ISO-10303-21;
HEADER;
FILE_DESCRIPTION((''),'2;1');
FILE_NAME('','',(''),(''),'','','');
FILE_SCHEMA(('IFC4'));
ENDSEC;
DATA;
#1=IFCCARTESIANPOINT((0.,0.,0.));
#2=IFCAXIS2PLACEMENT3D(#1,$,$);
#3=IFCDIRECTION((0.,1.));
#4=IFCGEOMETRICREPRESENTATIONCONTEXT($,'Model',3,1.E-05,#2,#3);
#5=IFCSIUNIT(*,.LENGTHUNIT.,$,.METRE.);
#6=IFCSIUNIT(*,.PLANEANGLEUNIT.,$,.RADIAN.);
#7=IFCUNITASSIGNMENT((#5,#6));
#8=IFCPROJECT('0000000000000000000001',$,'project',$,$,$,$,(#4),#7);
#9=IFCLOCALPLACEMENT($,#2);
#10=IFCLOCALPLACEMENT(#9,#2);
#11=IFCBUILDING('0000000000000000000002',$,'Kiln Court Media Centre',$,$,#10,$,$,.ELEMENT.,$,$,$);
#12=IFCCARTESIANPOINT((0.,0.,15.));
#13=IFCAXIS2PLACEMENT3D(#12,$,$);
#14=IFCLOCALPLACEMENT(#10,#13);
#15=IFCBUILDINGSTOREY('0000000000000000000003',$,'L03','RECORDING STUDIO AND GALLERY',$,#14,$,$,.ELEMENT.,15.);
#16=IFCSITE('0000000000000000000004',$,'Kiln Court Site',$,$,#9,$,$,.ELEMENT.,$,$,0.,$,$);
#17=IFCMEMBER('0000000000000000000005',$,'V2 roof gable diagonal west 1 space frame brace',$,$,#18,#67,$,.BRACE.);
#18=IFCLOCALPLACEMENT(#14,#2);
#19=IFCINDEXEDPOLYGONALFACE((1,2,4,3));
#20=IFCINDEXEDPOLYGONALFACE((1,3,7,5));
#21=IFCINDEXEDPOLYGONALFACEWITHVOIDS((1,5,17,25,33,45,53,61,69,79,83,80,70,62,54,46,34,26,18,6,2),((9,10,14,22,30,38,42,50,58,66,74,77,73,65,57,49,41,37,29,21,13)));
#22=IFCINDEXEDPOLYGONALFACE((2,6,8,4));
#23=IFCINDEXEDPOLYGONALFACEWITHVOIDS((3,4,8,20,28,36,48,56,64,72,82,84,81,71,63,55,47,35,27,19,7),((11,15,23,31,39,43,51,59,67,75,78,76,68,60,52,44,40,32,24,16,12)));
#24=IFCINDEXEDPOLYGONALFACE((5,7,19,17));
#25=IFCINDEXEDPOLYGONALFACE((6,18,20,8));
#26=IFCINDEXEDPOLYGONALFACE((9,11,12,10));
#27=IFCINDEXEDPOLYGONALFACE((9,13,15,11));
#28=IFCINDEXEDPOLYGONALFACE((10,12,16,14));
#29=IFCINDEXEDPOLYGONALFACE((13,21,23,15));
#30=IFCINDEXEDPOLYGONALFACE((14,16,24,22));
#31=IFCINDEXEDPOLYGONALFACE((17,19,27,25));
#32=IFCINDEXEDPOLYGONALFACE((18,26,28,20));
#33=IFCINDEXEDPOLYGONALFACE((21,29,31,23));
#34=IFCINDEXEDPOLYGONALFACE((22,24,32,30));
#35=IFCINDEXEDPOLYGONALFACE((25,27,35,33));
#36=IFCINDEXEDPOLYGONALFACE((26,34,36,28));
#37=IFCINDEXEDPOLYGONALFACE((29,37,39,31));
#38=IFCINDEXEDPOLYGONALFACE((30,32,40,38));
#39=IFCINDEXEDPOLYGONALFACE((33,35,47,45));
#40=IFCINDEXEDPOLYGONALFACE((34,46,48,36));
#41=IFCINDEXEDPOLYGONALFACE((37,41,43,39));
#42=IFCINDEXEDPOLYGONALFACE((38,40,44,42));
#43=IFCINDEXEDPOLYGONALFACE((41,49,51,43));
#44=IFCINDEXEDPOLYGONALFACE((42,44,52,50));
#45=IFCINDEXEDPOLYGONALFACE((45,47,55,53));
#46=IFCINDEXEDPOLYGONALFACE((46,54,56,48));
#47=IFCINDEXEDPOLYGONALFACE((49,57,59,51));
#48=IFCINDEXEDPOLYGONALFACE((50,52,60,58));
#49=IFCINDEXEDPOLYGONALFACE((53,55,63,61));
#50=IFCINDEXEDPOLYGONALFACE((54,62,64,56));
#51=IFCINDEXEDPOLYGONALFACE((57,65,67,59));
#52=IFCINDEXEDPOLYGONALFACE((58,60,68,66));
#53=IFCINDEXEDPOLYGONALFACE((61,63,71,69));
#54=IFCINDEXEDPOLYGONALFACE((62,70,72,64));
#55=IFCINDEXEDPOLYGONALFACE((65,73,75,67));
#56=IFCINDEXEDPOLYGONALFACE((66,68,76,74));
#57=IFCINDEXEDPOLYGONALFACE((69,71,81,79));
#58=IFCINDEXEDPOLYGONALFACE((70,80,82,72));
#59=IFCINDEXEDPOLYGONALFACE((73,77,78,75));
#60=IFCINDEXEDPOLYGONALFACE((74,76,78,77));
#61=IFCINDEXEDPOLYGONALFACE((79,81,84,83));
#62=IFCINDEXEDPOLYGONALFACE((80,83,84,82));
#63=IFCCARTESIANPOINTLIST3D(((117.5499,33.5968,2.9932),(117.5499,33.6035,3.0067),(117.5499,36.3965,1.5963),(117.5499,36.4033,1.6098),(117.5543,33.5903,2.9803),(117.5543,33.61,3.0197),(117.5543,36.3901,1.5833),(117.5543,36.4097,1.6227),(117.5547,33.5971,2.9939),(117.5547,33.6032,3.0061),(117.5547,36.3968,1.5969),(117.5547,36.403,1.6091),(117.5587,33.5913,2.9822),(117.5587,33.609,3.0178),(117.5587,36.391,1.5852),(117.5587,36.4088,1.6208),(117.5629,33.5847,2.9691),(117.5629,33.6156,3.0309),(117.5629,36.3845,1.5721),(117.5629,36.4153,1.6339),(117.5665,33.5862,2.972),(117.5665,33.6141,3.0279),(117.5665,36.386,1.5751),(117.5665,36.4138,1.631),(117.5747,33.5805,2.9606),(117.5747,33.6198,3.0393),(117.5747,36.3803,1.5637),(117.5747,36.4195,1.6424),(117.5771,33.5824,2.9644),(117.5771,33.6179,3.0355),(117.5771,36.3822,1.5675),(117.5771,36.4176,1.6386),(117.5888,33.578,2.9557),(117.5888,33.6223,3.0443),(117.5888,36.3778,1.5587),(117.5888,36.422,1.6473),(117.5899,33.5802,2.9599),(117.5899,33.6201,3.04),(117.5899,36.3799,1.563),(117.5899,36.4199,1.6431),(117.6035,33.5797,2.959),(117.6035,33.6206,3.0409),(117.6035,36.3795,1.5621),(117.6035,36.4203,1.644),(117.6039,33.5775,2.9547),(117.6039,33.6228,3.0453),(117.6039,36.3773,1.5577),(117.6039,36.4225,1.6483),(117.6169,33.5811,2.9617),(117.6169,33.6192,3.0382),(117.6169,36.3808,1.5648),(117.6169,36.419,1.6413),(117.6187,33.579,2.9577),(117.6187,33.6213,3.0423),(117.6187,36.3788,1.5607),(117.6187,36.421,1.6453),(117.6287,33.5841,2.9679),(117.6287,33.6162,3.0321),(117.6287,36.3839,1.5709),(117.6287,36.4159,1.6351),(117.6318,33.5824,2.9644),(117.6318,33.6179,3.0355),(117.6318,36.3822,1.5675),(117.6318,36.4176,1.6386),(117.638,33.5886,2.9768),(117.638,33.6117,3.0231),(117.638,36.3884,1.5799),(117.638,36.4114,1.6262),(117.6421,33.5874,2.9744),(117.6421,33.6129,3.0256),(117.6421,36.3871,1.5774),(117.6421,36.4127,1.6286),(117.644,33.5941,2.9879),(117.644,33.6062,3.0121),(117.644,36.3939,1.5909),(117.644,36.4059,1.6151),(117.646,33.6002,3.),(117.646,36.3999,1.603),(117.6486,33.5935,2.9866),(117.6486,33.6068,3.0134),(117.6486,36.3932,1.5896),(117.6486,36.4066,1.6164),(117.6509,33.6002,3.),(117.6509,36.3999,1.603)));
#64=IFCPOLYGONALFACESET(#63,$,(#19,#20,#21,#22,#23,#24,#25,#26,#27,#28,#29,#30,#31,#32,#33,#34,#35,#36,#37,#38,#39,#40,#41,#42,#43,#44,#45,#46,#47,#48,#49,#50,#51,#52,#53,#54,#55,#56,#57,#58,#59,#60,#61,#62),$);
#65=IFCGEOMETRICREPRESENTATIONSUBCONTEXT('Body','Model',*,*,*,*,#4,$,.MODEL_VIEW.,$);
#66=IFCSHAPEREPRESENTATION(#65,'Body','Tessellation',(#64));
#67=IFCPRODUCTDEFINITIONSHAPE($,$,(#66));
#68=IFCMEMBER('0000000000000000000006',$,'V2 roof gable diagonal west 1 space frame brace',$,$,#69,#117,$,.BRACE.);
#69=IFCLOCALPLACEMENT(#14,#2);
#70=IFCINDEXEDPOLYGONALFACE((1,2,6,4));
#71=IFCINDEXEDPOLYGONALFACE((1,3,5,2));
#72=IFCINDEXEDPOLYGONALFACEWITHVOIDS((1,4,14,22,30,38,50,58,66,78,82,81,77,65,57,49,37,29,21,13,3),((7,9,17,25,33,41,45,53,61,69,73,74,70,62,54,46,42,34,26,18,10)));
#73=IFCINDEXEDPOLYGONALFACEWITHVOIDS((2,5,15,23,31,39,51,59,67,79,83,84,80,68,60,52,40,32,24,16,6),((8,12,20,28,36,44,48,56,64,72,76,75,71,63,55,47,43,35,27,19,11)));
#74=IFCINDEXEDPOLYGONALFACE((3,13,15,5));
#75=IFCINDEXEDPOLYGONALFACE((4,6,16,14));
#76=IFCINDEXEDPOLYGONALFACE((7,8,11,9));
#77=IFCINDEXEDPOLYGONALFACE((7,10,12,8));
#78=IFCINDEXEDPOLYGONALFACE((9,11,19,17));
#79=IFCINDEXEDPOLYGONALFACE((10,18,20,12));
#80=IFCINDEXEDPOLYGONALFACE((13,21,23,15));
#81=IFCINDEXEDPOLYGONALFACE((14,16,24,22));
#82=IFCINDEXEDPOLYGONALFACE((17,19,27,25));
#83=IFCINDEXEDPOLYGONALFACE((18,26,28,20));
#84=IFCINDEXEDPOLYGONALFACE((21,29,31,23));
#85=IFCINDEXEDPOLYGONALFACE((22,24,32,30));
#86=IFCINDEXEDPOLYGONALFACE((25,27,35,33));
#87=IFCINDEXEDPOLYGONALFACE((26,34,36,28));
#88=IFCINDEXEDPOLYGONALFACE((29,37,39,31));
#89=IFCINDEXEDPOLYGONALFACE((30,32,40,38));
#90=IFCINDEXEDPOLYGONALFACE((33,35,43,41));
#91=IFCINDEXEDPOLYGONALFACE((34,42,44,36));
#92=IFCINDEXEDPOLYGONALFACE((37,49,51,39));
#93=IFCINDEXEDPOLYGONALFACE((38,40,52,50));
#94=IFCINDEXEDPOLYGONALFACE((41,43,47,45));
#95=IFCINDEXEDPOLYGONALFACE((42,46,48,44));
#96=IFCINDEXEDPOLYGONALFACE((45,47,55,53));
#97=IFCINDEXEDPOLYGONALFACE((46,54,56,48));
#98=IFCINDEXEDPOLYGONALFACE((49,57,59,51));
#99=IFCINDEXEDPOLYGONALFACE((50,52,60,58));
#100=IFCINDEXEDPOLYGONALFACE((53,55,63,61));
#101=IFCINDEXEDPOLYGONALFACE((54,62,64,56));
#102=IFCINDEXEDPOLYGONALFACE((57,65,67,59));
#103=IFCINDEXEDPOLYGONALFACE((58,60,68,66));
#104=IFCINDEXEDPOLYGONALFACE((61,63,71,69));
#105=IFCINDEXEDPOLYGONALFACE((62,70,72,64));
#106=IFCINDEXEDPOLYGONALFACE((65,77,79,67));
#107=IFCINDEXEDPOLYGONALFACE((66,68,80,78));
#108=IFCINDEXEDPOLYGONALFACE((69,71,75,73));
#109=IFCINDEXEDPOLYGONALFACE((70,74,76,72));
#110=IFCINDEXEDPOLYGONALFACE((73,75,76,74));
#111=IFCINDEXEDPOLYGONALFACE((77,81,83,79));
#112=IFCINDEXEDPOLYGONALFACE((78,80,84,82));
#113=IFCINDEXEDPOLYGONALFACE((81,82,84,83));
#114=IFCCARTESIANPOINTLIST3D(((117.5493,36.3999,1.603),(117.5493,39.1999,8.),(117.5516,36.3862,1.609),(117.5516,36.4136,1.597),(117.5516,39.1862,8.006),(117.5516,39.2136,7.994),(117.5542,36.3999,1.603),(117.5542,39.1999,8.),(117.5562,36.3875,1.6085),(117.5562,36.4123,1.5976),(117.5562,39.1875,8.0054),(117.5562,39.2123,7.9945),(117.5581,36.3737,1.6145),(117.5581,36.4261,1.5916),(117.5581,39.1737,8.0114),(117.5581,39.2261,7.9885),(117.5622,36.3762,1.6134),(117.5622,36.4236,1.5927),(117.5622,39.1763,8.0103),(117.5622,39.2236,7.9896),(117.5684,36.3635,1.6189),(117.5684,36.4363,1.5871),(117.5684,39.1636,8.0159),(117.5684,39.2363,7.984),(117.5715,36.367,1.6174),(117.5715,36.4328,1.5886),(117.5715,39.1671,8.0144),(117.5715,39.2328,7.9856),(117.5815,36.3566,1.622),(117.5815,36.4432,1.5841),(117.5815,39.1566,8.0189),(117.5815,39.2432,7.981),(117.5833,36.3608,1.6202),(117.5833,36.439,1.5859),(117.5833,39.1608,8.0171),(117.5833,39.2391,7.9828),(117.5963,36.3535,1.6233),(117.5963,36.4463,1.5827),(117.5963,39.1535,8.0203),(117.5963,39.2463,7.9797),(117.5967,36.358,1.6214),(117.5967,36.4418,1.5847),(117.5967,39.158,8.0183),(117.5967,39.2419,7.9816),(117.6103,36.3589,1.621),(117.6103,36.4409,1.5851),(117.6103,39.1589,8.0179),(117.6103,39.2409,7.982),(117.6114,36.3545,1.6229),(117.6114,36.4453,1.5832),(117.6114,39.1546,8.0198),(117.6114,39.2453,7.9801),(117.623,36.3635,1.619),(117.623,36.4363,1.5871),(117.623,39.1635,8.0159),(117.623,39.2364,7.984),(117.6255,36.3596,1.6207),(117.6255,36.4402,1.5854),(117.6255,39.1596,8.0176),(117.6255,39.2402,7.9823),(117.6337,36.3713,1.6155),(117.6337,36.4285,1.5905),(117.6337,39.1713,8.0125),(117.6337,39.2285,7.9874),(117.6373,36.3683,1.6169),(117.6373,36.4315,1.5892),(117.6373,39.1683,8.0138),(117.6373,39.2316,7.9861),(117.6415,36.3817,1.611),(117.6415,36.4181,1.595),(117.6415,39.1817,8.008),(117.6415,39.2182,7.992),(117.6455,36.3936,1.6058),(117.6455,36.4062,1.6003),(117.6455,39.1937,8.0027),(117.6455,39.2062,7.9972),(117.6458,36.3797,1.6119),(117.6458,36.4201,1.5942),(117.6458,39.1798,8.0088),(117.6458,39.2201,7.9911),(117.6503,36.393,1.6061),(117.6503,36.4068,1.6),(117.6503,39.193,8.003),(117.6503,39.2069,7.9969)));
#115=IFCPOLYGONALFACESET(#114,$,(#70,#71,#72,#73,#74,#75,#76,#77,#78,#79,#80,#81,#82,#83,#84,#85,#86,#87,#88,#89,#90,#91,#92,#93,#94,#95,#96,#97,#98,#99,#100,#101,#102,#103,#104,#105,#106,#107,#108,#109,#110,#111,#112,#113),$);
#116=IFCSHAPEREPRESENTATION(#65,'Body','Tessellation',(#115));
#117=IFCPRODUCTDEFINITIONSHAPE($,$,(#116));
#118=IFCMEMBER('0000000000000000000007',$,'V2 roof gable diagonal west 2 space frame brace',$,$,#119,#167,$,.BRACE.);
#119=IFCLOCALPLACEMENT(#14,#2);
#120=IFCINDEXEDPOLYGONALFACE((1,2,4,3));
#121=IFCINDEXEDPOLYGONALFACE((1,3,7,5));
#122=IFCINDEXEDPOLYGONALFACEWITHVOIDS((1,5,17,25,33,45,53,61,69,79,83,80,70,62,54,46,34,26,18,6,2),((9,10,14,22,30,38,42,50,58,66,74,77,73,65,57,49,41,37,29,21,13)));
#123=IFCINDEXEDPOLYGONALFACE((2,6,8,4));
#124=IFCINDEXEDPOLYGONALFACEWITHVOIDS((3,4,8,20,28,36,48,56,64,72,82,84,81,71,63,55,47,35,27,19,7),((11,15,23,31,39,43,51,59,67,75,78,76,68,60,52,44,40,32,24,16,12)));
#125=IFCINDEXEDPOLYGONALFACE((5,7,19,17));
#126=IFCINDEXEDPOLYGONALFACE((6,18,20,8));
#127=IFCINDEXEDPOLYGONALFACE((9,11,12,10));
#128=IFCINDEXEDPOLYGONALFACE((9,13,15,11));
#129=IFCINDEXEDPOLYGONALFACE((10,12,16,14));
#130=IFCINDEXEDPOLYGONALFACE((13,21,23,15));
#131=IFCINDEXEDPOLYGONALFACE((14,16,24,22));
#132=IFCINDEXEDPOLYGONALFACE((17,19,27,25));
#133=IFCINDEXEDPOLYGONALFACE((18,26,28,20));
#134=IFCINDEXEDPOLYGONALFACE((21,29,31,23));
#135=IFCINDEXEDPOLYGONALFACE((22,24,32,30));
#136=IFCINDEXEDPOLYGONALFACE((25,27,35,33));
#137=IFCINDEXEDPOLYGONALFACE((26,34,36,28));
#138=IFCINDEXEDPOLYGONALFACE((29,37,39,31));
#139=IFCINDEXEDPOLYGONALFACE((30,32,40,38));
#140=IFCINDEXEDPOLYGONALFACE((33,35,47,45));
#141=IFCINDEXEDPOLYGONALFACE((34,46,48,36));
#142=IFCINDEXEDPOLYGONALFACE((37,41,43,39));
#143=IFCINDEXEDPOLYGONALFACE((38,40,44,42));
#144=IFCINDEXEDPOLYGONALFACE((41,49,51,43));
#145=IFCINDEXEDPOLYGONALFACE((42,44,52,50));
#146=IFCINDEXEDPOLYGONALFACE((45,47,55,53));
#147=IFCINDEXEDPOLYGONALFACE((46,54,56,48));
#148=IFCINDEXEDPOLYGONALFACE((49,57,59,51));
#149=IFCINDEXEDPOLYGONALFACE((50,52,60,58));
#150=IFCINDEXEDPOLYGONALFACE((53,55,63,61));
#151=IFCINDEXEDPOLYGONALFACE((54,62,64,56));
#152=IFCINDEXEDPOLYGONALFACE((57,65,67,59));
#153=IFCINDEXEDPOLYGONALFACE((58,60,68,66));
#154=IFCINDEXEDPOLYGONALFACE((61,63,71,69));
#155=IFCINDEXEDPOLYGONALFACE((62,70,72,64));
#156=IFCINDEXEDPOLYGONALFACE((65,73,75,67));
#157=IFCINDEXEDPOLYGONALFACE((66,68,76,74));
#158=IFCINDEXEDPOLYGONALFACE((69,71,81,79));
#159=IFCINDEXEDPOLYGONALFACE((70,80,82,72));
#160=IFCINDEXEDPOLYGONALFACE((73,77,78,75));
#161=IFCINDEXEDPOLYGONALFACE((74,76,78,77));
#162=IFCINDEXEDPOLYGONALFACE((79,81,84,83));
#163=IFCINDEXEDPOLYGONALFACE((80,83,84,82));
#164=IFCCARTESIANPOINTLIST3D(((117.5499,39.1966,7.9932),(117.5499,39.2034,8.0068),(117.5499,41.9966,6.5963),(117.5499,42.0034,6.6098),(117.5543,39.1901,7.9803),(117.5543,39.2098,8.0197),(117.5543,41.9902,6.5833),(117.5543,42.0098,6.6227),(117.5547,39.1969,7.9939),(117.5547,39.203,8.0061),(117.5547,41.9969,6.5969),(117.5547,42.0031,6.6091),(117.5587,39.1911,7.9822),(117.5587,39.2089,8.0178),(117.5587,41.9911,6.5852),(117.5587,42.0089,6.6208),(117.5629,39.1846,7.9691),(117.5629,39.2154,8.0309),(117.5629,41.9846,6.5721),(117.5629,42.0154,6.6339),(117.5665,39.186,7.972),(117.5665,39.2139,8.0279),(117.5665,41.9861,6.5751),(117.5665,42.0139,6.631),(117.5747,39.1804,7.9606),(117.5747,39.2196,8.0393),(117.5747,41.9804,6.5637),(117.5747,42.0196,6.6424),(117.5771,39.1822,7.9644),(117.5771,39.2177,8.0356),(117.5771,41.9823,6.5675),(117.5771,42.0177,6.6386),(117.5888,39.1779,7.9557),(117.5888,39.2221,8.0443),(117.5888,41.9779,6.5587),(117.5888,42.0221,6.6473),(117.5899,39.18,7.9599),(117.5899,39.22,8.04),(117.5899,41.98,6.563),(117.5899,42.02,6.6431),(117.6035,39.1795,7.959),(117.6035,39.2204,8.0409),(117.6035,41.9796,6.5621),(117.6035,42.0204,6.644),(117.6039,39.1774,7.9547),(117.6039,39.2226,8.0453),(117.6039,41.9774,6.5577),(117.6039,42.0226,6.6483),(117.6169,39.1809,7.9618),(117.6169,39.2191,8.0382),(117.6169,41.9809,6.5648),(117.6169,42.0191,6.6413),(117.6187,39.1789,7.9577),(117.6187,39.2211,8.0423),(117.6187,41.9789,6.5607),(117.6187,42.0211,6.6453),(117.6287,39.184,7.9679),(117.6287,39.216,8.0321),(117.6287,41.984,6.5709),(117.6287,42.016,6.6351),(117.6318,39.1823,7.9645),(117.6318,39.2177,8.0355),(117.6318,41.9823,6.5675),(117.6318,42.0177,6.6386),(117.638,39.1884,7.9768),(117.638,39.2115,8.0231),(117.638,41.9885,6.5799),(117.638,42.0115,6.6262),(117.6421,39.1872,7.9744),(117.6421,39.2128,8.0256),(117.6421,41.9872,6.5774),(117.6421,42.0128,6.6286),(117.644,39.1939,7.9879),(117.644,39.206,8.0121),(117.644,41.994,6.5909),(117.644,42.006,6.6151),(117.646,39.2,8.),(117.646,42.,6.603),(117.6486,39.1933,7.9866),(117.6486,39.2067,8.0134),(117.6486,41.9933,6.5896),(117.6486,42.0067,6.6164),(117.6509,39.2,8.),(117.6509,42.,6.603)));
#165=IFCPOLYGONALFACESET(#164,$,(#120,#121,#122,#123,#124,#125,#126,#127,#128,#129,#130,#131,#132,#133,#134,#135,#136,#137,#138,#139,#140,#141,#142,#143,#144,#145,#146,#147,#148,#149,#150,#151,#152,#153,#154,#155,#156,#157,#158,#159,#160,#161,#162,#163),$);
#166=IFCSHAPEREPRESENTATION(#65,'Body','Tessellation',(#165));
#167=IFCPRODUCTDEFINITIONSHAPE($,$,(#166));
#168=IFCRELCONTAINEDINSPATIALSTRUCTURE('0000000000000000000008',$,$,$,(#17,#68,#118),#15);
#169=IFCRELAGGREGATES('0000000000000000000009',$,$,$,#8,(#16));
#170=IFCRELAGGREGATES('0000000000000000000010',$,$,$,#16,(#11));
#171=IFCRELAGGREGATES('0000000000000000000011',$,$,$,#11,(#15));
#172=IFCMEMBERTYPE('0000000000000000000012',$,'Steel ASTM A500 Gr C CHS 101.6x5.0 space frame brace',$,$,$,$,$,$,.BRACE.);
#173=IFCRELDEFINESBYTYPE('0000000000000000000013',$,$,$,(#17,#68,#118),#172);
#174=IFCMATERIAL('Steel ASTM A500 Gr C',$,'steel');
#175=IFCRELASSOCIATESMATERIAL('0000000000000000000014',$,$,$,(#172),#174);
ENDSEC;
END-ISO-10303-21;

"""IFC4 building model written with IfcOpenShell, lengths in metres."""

from ifc_helpers import new_model, si_unit, direction, frame, origin, origin_2d, place, context, subcontext, project, spatial, hollow_circle, extrude, material, material_profile, profile_set, type_object, element, save


model = new_model("IFC4")

# Units and contexts
model_context = context("Model", 3, precision=1e-05, world=origin(), true_north=direction((0.0, 1.0)))
body_context = subcontext(model_context, "Body", "Model", "MODEL_VIEW")
ifc_project = project(units=[si_unit("LENGTHUNIT", "METRE"), si_unit("PLANEANGLEUNIT", "RADIAN")], contexts=[model_context])

# Site, building, storey
site_placement = place(None, origin())
site = spatial("IfcSite", under=ifc_project, at=site_placement, Name="Kiln Court Site", CompositionType="ELEMENT", RefElevation=0.0)
building_placement = place(site_placement, origin())
building = spatial("IfcBuilding", under=site, at=building_placement, Name="Kiln Court Media Centre", CompositionType="ELEMENT")
storey_placement = place(building_placement, frame((0.0, 0.0, 15.0)))
storey = spatial("IfcBuildingStorey", under=building, at=storey_placement, Name="L03", Description="RECORDING STUDIO AND GALLERY", CompositionType="ELEMENT", Elevation=15.0)

# Members
ifc_material_1 = material(Name="Steel ASTM A500 Gr C", Category="steel")
ifc_material_profile_1 = material_profile(ifc_material_1, hollow_circle(Radius=0.0508, WallThickness=0.0049, at=origin_2d()), Name="CHS 101.6x5.0")
ifc_profile_set_1 = profile_set([ifc_material_profile_1], Name="Steel ASTM A500 Gr C")
member_type_1 = type_object("IfcMemberType", Name="Steel ASTM A500 Gr C CHS 101.6x5.0 space frame brace", PredefinedType="BRACE", material=ifc_profile_set_1)
member_1_placement = place(storey_placement, frame((117.6001, 36.3999, 1.603), z_axis=(0.0, -0.894801, 0.446464), x_axis=(1.0, 0.0, 0.0)))
element("IfcMember", 1, at=member_1_placement, inside=storey, type_object=member_type_1, Name="V2 roof gable diagonal west 1 space frame brace", PredefinedType="BRACE", context=body_context, shape_type="SweptSolid", body=[
    extrude(hollow_circle(Radius=0.0508, WallThickness=0.0049, at=origin_2d()), origin(), (0.0, 0.0, 1.0), 3.1289),
])
member_2_placement = place(storey_placement, frame((117.6001, 36.3999, 1.603), z_axis=(0.0, 0.400984, 0.916085), x_axis=(-1.0, 0.0, 0.0)))
element("IfcMember", 2, at=member_2_placement, inside=storey, type_object=member_type_1, Name="V2 roof gable diagonal west 1 space frame brace", PredefinedType="BRACE", context=body_context, shape_type="SweptSolid", body=[
    extrude(hollow_circle(Radius=0.0508, WallThickness=0.0049, at=origin_2d()), origin(), (0.0, 0.0, 1.0), 6.9829),
])
member_3_placement = place(storey_placement, frame((117.6001, 42.0, 6.603), z_axis=(0.0, -0.894817, 0.446433), x_axis=(1.0, 0.0, 0.0)))
element("IfcMember", 3, at=member_3_placement, inside=storey, type_object=member_type_1, Name="V2 roof gable diagonal west 2 space frame brace", PredefinedType="BRACE", context=body_context, shape_type="SweptSolid", body=[
    extrude(hollow_circle(Radius=0.0508, WallThickness=0.0049, at=origin_2d()), origin(), (0.0, 0.0, 1.0), 3.1292),
])

save(model, "model.ifc")
